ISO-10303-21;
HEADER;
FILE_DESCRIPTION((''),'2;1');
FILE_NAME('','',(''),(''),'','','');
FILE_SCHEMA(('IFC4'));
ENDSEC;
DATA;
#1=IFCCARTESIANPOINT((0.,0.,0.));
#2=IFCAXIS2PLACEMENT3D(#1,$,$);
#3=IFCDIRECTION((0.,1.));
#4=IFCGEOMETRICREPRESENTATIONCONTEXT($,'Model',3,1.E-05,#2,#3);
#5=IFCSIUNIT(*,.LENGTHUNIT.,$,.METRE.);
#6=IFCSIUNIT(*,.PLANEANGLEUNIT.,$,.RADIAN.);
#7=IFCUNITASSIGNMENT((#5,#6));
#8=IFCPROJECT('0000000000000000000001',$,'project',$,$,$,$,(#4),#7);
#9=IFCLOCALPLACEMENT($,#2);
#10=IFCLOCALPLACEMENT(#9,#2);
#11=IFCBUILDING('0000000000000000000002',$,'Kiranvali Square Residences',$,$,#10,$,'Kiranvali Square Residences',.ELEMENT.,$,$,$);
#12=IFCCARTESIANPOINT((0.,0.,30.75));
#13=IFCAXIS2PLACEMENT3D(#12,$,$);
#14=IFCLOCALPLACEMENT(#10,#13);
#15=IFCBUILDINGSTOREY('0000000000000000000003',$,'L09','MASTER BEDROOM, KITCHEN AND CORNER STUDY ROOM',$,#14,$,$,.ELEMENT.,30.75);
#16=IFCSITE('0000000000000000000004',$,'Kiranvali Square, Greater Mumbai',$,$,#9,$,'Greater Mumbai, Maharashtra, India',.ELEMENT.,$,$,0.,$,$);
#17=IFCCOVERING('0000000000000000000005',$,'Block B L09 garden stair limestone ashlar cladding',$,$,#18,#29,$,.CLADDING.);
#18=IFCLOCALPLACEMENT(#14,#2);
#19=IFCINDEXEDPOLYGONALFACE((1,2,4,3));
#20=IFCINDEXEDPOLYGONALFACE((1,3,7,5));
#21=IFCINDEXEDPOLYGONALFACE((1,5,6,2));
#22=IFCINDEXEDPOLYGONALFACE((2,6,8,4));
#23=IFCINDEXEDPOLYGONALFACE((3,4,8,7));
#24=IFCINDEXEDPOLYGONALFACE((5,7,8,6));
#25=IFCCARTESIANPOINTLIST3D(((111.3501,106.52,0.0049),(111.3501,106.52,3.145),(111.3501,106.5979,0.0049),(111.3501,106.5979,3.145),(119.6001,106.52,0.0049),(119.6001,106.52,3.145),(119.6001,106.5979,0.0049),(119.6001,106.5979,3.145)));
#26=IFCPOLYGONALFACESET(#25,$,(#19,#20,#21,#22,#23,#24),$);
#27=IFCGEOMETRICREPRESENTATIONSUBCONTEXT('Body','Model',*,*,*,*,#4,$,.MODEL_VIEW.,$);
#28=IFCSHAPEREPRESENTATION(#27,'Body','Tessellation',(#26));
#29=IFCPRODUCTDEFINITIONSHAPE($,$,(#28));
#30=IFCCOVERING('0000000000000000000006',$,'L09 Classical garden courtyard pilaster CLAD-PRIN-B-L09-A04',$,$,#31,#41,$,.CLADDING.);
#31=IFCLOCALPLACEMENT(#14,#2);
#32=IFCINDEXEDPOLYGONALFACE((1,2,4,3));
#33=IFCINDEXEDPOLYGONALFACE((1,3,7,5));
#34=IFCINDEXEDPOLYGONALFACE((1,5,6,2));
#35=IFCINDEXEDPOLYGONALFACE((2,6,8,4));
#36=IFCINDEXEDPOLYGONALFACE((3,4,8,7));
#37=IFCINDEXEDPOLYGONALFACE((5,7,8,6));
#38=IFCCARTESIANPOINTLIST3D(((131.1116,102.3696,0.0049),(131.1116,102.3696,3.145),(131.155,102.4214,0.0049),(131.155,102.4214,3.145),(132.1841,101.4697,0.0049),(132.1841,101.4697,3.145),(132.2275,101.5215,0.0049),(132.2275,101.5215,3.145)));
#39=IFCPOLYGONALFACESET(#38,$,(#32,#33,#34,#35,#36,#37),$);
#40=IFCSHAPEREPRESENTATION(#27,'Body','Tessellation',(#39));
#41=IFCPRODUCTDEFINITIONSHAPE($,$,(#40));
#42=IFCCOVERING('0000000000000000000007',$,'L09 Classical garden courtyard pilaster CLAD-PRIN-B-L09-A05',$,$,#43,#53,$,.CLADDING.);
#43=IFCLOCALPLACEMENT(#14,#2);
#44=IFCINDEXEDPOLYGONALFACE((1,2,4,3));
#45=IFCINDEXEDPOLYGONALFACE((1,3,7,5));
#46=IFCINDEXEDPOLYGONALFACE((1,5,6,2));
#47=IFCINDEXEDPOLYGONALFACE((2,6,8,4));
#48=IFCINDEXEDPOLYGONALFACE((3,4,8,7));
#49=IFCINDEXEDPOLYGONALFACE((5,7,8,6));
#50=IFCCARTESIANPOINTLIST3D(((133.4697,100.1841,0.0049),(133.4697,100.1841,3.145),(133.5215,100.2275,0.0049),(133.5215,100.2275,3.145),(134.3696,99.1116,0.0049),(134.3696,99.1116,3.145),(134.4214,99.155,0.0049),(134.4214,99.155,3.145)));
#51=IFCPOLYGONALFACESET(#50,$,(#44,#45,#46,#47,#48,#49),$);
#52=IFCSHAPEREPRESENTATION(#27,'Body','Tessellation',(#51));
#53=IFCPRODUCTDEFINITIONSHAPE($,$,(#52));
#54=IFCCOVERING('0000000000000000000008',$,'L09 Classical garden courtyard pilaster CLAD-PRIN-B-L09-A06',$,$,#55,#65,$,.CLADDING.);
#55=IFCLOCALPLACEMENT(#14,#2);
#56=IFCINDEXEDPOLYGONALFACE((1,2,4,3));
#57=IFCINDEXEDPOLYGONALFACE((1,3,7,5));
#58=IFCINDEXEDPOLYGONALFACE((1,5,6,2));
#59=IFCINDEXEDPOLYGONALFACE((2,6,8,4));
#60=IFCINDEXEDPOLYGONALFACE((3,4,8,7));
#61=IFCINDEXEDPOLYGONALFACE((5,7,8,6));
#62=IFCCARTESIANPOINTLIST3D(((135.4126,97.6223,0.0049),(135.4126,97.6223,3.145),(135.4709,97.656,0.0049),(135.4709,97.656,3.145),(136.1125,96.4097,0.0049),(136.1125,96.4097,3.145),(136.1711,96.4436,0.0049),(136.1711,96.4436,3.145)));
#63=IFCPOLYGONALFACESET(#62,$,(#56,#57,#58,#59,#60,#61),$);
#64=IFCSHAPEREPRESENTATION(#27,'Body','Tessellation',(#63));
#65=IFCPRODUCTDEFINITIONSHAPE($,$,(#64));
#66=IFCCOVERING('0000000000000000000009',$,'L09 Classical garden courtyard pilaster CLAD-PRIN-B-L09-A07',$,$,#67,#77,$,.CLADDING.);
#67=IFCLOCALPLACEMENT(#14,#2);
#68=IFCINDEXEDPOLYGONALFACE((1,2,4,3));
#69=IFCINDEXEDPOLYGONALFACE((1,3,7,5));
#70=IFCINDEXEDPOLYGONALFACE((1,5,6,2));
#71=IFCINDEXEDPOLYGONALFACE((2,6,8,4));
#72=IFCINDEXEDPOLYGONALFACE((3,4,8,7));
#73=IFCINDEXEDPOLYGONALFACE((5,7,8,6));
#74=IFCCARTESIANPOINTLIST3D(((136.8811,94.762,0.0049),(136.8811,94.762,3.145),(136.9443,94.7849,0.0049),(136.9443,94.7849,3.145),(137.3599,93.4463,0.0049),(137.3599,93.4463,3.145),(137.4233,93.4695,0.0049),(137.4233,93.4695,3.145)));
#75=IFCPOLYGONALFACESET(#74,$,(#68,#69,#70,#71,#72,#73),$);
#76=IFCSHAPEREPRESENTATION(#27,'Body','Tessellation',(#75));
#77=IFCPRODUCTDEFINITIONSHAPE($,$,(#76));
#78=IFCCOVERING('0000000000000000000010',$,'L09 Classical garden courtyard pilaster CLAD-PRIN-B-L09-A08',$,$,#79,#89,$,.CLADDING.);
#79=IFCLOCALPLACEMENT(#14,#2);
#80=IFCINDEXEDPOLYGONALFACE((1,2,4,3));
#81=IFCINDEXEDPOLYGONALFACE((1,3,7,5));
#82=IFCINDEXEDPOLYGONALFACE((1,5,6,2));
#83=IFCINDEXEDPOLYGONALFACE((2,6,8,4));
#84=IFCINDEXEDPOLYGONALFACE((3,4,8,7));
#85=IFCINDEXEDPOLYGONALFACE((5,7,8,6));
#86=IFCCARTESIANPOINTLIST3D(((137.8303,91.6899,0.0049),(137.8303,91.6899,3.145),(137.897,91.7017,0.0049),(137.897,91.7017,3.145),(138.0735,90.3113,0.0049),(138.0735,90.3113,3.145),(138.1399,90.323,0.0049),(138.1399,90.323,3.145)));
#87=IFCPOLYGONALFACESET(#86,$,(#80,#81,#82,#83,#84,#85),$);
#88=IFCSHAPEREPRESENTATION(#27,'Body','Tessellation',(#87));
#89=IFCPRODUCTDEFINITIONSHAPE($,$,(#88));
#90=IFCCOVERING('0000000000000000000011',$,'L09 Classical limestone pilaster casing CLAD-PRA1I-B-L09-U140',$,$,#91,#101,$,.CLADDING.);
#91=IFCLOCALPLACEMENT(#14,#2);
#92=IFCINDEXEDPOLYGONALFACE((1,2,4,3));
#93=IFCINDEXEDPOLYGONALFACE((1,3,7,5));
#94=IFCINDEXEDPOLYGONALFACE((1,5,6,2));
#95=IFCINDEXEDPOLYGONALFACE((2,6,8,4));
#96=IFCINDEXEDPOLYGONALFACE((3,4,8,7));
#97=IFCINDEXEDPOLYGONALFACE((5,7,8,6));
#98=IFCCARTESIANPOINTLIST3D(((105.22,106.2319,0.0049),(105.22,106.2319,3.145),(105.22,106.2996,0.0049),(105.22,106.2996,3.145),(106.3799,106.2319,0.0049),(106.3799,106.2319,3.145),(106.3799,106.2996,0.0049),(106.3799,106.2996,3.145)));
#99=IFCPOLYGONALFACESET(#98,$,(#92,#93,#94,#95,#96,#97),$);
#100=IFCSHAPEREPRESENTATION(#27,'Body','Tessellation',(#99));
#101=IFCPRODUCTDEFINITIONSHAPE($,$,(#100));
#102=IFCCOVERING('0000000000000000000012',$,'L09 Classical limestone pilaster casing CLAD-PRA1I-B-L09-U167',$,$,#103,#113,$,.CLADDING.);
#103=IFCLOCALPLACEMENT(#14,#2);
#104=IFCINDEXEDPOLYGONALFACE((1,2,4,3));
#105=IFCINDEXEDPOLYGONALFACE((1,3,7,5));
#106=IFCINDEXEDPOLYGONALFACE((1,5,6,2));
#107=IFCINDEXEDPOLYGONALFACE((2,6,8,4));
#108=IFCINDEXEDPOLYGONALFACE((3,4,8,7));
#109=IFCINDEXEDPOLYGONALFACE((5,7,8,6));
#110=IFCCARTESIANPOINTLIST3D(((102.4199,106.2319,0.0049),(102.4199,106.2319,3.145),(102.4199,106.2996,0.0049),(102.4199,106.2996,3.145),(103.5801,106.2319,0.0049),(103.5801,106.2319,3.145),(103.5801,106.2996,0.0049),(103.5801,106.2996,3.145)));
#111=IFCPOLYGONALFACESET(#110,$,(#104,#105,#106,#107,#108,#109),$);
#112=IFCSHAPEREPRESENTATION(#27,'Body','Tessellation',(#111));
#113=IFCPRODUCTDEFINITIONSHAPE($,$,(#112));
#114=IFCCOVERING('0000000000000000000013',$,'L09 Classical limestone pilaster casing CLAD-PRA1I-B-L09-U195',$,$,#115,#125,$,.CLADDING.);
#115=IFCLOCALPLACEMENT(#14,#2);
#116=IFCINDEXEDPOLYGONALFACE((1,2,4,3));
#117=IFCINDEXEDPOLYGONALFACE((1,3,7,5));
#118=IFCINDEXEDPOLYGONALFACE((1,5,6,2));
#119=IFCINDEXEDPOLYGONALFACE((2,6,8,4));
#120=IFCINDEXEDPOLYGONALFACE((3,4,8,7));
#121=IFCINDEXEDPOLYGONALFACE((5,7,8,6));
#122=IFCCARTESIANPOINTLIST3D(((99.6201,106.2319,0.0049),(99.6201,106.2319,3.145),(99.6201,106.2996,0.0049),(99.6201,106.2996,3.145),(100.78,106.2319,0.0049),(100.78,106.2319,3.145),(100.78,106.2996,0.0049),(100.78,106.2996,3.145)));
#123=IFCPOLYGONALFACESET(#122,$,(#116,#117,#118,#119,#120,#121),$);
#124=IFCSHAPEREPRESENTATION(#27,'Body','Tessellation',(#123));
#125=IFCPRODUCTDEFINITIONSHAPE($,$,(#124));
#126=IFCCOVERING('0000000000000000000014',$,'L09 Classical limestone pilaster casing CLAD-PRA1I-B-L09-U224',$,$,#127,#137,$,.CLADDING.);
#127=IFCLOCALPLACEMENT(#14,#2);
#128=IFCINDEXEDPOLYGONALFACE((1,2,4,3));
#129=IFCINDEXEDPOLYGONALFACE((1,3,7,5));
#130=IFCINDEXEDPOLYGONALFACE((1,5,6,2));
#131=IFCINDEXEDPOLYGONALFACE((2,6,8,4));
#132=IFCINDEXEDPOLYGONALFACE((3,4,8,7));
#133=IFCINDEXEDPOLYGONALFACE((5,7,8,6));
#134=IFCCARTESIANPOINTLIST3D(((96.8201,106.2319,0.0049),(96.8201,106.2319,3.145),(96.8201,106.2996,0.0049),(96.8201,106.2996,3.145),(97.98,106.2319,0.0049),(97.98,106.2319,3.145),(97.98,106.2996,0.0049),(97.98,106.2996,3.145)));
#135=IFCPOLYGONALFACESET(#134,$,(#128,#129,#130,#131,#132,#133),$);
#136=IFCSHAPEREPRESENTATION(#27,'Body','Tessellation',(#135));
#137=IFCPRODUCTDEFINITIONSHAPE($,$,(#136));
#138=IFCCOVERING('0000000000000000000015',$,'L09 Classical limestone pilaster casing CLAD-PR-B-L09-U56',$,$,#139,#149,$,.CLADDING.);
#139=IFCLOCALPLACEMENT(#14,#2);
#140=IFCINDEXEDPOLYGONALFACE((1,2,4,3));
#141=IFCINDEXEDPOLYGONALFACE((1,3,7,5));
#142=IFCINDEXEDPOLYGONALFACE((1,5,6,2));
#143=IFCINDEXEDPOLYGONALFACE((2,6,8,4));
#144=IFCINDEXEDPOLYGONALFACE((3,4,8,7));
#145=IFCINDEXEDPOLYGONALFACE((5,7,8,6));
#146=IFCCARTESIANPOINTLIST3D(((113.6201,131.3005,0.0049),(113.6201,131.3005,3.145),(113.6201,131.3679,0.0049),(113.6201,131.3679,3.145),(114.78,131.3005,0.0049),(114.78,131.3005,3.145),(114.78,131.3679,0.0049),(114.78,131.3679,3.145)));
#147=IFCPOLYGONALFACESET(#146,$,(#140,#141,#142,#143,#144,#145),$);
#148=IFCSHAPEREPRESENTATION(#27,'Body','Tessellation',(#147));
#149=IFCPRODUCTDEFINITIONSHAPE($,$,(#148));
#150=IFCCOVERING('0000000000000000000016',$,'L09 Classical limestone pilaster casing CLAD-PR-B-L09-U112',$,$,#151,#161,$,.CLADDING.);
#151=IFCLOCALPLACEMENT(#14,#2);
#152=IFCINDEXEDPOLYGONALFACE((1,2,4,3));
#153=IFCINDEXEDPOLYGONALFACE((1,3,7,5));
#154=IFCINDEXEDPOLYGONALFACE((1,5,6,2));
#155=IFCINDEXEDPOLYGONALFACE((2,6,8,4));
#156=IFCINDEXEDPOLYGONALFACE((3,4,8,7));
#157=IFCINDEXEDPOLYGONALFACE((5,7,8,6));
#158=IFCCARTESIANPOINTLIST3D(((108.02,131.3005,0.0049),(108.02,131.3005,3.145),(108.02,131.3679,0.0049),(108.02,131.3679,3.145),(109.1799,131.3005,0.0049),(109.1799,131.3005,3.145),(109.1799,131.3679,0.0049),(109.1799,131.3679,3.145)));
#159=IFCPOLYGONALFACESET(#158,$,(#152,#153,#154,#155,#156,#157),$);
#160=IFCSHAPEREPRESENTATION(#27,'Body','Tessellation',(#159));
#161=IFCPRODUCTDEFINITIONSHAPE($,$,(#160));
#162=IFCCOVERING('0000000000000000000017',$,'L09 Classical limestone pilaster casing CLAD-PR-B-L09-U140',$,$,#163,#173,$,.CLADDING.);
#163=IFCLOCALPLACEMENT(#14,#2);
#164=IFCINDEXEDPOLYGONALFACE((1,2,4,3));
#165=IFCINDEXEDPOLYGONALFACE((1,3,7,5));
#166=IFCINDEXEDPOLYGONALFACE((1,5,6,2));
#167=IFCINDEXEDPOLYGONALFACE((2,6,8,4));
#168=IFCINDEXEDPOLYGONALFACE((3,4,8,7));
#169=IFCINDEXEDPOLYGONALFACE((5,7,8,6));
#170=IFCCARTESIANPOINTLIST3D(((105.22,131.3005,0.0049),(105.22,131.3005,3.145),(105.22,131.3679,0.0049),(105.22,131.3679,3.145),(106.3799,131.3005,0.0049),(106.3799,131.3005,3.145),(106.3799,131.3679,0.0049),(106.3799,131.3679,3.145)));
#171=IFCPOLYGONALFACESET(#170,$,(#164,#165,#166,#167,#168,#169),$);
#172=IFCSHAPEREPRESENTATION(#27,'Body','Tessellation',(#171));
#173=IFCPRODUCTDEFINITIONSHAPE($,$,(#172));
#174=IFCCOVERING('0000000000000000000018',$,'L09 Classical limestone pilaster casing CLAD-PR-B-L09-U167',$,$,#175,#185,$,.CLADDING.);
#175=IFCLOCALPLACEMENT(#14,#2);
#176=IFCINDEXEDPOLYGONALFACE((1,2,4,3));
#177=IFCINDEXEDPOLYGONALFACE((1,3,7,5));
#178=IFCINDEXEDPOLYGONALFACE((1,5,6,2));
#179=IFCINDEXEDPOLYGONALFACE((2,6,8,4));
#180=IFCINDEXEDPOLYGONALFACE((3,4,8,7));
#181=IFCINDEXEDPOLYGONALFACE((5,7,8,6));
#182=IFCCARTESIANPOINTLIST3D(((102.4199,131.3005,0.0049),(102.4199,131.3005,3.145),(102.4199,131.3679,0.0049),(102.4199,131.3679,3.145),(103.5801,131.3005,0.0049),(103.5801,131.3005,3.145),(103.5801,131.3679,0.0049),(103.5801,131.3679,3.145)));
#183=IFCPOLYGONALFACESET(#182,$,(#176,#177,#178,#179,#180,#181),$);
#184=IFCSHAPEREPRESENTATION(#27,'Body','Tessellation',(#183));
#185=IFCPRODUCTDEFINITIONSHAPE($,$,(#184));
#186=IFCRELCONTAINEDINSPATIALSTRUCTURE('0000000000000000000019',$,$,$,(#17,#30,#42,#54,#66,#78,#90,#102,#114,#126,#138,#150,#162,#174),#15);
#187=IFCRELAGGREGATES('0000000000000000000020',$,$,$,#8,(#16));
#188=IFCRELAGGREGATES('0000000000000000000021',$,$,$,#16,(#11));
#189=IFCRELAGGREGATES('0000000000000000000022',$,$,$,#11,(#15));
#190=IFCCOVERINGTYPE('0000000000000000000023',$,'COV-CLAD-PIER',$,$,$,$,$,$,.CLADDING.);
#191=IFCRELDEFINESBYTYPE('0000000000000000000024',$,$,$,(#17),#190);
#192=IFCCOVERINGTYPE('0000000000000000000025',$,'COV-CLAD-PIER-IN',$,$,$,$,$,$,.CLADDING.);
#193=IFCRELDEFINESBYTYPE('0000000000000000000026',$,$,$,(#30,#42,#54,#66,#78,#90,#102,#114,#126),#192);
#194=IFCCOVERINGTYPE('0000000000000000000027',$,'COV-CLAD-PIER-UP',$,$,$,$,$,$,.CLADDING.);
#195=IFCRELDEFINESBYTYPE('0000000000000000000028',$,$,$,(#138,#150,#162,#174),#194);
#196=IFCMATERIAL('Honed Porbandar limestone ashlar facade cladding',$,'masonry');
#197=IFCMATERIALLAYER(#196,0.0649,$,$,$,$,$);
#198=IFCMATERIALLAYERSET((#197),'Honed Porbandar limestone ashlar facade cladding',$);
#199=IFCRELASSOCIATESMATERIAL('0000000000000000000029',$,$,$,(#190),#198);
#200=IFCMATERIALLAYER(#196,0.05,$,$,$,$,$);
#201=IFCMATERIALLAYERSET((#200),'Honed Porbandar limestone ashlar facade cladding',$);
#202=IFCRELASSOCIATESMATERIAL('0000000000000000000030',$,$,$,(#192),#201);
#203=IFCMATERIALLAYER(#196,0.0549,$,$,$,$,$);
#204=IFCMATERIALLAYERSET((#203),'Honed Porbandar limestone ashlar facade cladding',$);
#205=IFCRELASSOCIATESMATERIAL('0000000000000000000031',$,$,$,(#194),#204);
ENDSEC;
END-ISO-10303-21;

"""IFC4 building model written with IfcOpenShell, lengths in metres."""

from ifc_helpers import new_model, si_unit, direction, frame, origin, place, context, subcontext, project, spatial, polyline, outline, extrude, material, layer, layer_set, type_object, element, save


model = new_model("IFC4")

# Units and contexts
model_context = context("Model", 3, precision=1e-05, world=origin(), true_north=direction((0.0, 1.0)))
body_context = subcontext(model_context, "Body", "Model", "MODEL_VIEW")
ifc_project = project(units=[si_unit("LENGTHUNIT", "METRE"), si_unit("PLANEANGLEUNIT", "RADIAN")], contexts=[model_context])

# Site, building, storey
site_placement = place(None, origin())
site = spatial("IfcSite", under=ifc_project, at=site_placement, Name="Kiranvali Square, Greater Mumbai", LongName="Greater Mumbai, Maharashtra, India", CompositionType="ELEMENT", RefElevation=0.0)
building_placement = place(site_placement, origin())
building = spatial("IfcBuilding", under=site, at=building_placement, Name="Kiranvali Square Residences", LongName="Kiranvali Square Residences", CompositionType="ELEMENT")
storey_placement = place(building_placement, frame((0.0, 0.0, 30.75)))
storey = spatial("IfcBuildingStorey", under=building, at=storey_placement, Name="L09", Description="MASTER BEDROOM, KITCHEN AND CORNER STUDY ROOM", CompositionType="ELEMENT", Elevation=30.75)

# Coverings
ifc_material = material(Name="Honed Porbandar limestone ashlar facade cladding", Category="masonry")
ifc_layer_1 = layer(ifc_material, 0.0649)
ifc_layer_set_1 = layer_set([ifc_layer_1], Name="Honed Porbandar limestone ashlar facade cladding")
covering_type_1 = type_object("IfcCoveringType", Name="COV-CLAD-PIER", PredefinedType="CLADDING", material=ifc_layer_set_1)
covering_1_placement = place(storey_placement, frame((0.0, 0.0, 0.0049)))
element("IfcCovering", 1, at=covering_1_placement, inside=storey, type_object=covering_type_1, Name="Block B L09 garden stair limestone ashlar cladding", PredefinedType="CLADDING", context=body_context, shape_type="SweptSolid", body=[
    extrude(outline(polyline([(119.6001, 106.5979), (111.3501, 106.5979), (111.3501, 106.52), (119.6001, 106.52), (119.6001, 106.5979)])), origin(), (0.0, 0.0, 1.0), 3.1401),
])
ifc_layer_2 = layer(ifc_material, 0.05)
ifc_layer_set_2 = layer_set([ifc_layer_2], Name="Honed Porbandar limestone ashlar facade cladding")
covering_type_2 = type_object("IfcCoveringType", Name="COV-CLAD-PIER-IN", PredefinedType="CLADDING", material=ifc_layer_set_2)
covering_2_placement = place(storey_placement, frame((0.0, 0.0, 0.0049)))
element("IfcCovering", 2, at=covering_2_placement, inside=storey, type_object=covering_type_2, Name="L09 Classical garden courtyard pilaster CLAD-PRIN-B-L09-A04", PredefinedType="CLADDING", context=body_context, shape_type="SweptSolid", body=[
    extrude(outline(polyline([(131.1116, 102.3696), (132.1841, 101.4697), (132.2275, 101.5215), (131.155, 102.4214), (131.1116, 102.3696)])), origin(), (0.0, 0.0, 1.0), 3.1401),
])
covering_3_placement = place(storey_placement, frame((0.0, 0.0, 0.0049)))
element("IfcCovering", 3, at=covering_3_placement, inside=storey, type_object=covering_type_2, Name="L09 Classical garden courtyard pilaster CLAD-PRIN-B-L09-A05", PredefinedType="CLADDING", context=body_context, shape_type="SweptSolid", body=[
    extrude(outline(polyline([(133.4697, 100.1841), (134.3696, 99.1116), (134.4214, 99.155), (133.5215, 100.2275), (133.4697, 100.1841)])), origin(), (0.0, 0.0, 1.0), 3.1401),
])
covering_4_placement = place(storey_placement, frame((0.0, 0.0, 0.0049)))
element("IfcCovering", 4, at=covering_4_placement, inside=storey, type_object=covering_type_2, Name="L09 Classical garden courtyard pilaster CLAD-PRIN-B-L09-A06", PredefinedType="CLADDING", context=body_context, shape_type="SweptSolid", body=[
    extrude(outline(polyline([(135.4126, 97.6223), (136.1125, 96.4097), (136.1711, 96.4436), (135.4709, 97.656), (135.4126, 97.6223)])), origin(), (0.0, 0.0, 1.0), 3.1401),
])
covering_5_placement = place(storey_placement, frame((0.0, 0.0, 0.0049)))
element("IfcCovering", 5, at=covering_5_placement, inside=storey, type_object=covering_type_2, Name="L09 Classical garden courtyard pilaster CLAD-PRIN-B-L09-A07", PredefinedType="CLADDING", context=body_context, shape_type="SweptSolid", body=[
    extrude(outline(polyline([(136.8811, 94.762), (137.3599, 93.4463), (137.4233, 93.4695), (136.9443, 94.7849), (136.8811, 94.762)])), origin(), (0.0, 0.0, 1.0), 3.1401),
])
covering_6_placement = place(storey_placement, frame((0.0, 0.0, 0.0049)))
element("IfcCovering", 6, at=covering_6_placement, inside=storey, type_object=covering_type_2, Name="L09 Classical garden courtyard pilaster CLAD-PRIN-B-L09-A08", PredefinedType="CLADDING", context=body_context, shape_type="SweptSolid", body=[
    extrude(outline(polyline([(137.8303, 91.6899), (138.0735, 90.3113), (138.1399, 90.323), (137.897, 91.7017), (137.8303, 91.6899)])), origin(), (0.0, 0.0, 1.0), 3.1401),
])
covering_7_placement = place(storey_placement, frame((0.0, 0.0, 0.0049)))
element("IfcCovering", 7, at=covering_7_placement, inside=storey, type_object=covering_type_2, Name="L09 Classical limestone pilaster casing CLAD-PRA1I-B-L09-U140", PredefinedType="CLADDING", context=body_context, shape_type="SweptSolid", body=[
    extrude(outline(polyline([(106.3799, 106.2996), (105.22, 106.2996), (105.22, 106.2319), (106.3799, 106.2319), (106.3799, 106.2996)])), origin(), (0.0, 0.0, 1.0), 3.1401),
])
covering_8_placement = place(storey_placement, frame((0.0, 0.0, 0.0049)))
element("IfcCovering", 8, at=covering_8_placement, inside=storey, type_object=covering_type_2, Name="L09 Classical limestone pilaster casing CLAD-PRA1I-B-L09-U167", PredefinedType="CLADDING", context=body_context, shape_type="SweptSolid", body=[
    extrude(outline(polyline([(103.5801, 106.2996), (102.4199, 106.2996), (102.4199, 106.2319), (103.5801, 106.2319), (103.5801, 106.2996)])), origin(), (0.0, 0.0, 1.0), 3.1401),
])
covering_9_placement = place(storey_placement, frame((0.0, 0.0, 0.0049)))
element("IfcCovering", 9, at=covering_9_placement, inside=storey, type_object=covering_type_2, Name="L09 Classical limestone pilaster casing CLAD-PRA1I-B-L09-U195", PredefinedType="CLADDING", context=body_context, shape_type="SweptSolid", body=[
    extrude(outline(polyline([(100.78, 106.2996), (99.6201, 106.2996), (99.6201, 106.2319), (100.78, 106.2319), (100.78, 106.2996)])), origin(), (0.0, 0.0, 1.0), 3.1401),
])
covering_10_placement = place(storey_placement, frame((0.0, 0.0, 0.0049)))
element("IfcCovering", 10, at=covering_10_placement, inside=storey, type_object=covering_type_2, Name="L09 Classical limestone pilaster casing CLAD-PRA1I-B-L09-U224", PredefinedType="CLADDING", context=body_context, shape_type="SweptSolid", body=[
    extrude(outline(polyline([(97.98, 106.2996), (96.8201, 106.2996), (96.8201, 106.2319), (97.98, 106.2319), (97.98, 106.2996)])), origin(), (0.0, 0.0, 1.0), 3.1401),
])
ifc_layer_3 = layer(ifc_material, 0.0549)
ifc_layer_set_3 = layer_set([ifc_layer_3], Name="Honed Porbandar limestone ashlar facade cladding")
covering_type_3 = type_object("IfcCoveringType", Name="COV-CLAD-PIER-UP", PredefinedType="CLADDING", material=ifc_layer_set_3)
covering_11_placement = place(storey_placement, frame((0.0, 0.0, 0.0049)))
element("IfcCovering", 11, at=covering_11_placement, inside=storey, type_object=covering_type_3, Name="L09 Classical limestone pilaster casing CLAD-PR-B-L09-U56", PredefinedType="CLADDING", context=body_context, shape_type="SweptSolid", body=[
    extrude(outline(polyline([(114.78, 131.3679), (113.6201, 131.3679), (113.6201, 131.3005), (114.78, 131.3005), (114.78, 131.3679)])), origin(), (0.0, 0.0, 1.0), 3.1401),
])
covering_12_placement = place(storey_placement, frame((0.0, 0.0, 0.0049)))
element("IfcCovering", 12, at=covering_12_placement, inside=storey, type_object=covering_type_3, Name="L09 Classical limestone pilaster casing CLAD-PR-B-L09-U112", PredefinedType="CLADDING", context=body_context, shape_type="SweptSolid", body=[
    extrude(outline(polyline([(109.1799, 131.3679), (108.02, 131.3679), (108.02, 131.3005), (109.1799, 131.3005), (109.1799, 131.3679)])), origin(), (0.0, 0.0, 1.0), 3.1401),
])
covering_13_placement = place(storey_placement, frame((0.0, 0.0, 0.0049)))
element("IfcCovering", 13, at=covering_13_placement, inside=storey, type_object=covering_type_3, Name="L09 Classical limestone pilaster casing CLAD-PR-B-L09-U140", PredefinedType="CLADDING", context=body_context, shape_type="SweptSolid", body=[
    extrude(outline(polyline([(106.3799, 131.3679), (105.22, 131.3679), (105.22, 131.3005), (106.3799, 131.3005), (106.3799, 131.3679)])), origin(), (0.0, 0.0, 1.0), 3.1401),
])
covering_14_placement = place(storey_placement, frame((0.0, 0.0, 0.0049)))
element("IfcCovering", 14, at=covering_14_placement, inside=storey, type_object=covering_type_3, Name="L09 Classical limestone pilaster casing CLAD-PR-B-L09-U167", PredefinedType="CLADDING", context=body_context, shape_type="SweptSolid", body=[
    extrude(outline(polyline([(103.5801, 131.3679), (102.4199, 131.3679), (102.4199, 131.3005), (103.5801, 131.3005), (103.5801, 131.3679)])), origin(), (0.0, 0.0, 1.0), 3.1401),
])

save(model, "model.ifc")
